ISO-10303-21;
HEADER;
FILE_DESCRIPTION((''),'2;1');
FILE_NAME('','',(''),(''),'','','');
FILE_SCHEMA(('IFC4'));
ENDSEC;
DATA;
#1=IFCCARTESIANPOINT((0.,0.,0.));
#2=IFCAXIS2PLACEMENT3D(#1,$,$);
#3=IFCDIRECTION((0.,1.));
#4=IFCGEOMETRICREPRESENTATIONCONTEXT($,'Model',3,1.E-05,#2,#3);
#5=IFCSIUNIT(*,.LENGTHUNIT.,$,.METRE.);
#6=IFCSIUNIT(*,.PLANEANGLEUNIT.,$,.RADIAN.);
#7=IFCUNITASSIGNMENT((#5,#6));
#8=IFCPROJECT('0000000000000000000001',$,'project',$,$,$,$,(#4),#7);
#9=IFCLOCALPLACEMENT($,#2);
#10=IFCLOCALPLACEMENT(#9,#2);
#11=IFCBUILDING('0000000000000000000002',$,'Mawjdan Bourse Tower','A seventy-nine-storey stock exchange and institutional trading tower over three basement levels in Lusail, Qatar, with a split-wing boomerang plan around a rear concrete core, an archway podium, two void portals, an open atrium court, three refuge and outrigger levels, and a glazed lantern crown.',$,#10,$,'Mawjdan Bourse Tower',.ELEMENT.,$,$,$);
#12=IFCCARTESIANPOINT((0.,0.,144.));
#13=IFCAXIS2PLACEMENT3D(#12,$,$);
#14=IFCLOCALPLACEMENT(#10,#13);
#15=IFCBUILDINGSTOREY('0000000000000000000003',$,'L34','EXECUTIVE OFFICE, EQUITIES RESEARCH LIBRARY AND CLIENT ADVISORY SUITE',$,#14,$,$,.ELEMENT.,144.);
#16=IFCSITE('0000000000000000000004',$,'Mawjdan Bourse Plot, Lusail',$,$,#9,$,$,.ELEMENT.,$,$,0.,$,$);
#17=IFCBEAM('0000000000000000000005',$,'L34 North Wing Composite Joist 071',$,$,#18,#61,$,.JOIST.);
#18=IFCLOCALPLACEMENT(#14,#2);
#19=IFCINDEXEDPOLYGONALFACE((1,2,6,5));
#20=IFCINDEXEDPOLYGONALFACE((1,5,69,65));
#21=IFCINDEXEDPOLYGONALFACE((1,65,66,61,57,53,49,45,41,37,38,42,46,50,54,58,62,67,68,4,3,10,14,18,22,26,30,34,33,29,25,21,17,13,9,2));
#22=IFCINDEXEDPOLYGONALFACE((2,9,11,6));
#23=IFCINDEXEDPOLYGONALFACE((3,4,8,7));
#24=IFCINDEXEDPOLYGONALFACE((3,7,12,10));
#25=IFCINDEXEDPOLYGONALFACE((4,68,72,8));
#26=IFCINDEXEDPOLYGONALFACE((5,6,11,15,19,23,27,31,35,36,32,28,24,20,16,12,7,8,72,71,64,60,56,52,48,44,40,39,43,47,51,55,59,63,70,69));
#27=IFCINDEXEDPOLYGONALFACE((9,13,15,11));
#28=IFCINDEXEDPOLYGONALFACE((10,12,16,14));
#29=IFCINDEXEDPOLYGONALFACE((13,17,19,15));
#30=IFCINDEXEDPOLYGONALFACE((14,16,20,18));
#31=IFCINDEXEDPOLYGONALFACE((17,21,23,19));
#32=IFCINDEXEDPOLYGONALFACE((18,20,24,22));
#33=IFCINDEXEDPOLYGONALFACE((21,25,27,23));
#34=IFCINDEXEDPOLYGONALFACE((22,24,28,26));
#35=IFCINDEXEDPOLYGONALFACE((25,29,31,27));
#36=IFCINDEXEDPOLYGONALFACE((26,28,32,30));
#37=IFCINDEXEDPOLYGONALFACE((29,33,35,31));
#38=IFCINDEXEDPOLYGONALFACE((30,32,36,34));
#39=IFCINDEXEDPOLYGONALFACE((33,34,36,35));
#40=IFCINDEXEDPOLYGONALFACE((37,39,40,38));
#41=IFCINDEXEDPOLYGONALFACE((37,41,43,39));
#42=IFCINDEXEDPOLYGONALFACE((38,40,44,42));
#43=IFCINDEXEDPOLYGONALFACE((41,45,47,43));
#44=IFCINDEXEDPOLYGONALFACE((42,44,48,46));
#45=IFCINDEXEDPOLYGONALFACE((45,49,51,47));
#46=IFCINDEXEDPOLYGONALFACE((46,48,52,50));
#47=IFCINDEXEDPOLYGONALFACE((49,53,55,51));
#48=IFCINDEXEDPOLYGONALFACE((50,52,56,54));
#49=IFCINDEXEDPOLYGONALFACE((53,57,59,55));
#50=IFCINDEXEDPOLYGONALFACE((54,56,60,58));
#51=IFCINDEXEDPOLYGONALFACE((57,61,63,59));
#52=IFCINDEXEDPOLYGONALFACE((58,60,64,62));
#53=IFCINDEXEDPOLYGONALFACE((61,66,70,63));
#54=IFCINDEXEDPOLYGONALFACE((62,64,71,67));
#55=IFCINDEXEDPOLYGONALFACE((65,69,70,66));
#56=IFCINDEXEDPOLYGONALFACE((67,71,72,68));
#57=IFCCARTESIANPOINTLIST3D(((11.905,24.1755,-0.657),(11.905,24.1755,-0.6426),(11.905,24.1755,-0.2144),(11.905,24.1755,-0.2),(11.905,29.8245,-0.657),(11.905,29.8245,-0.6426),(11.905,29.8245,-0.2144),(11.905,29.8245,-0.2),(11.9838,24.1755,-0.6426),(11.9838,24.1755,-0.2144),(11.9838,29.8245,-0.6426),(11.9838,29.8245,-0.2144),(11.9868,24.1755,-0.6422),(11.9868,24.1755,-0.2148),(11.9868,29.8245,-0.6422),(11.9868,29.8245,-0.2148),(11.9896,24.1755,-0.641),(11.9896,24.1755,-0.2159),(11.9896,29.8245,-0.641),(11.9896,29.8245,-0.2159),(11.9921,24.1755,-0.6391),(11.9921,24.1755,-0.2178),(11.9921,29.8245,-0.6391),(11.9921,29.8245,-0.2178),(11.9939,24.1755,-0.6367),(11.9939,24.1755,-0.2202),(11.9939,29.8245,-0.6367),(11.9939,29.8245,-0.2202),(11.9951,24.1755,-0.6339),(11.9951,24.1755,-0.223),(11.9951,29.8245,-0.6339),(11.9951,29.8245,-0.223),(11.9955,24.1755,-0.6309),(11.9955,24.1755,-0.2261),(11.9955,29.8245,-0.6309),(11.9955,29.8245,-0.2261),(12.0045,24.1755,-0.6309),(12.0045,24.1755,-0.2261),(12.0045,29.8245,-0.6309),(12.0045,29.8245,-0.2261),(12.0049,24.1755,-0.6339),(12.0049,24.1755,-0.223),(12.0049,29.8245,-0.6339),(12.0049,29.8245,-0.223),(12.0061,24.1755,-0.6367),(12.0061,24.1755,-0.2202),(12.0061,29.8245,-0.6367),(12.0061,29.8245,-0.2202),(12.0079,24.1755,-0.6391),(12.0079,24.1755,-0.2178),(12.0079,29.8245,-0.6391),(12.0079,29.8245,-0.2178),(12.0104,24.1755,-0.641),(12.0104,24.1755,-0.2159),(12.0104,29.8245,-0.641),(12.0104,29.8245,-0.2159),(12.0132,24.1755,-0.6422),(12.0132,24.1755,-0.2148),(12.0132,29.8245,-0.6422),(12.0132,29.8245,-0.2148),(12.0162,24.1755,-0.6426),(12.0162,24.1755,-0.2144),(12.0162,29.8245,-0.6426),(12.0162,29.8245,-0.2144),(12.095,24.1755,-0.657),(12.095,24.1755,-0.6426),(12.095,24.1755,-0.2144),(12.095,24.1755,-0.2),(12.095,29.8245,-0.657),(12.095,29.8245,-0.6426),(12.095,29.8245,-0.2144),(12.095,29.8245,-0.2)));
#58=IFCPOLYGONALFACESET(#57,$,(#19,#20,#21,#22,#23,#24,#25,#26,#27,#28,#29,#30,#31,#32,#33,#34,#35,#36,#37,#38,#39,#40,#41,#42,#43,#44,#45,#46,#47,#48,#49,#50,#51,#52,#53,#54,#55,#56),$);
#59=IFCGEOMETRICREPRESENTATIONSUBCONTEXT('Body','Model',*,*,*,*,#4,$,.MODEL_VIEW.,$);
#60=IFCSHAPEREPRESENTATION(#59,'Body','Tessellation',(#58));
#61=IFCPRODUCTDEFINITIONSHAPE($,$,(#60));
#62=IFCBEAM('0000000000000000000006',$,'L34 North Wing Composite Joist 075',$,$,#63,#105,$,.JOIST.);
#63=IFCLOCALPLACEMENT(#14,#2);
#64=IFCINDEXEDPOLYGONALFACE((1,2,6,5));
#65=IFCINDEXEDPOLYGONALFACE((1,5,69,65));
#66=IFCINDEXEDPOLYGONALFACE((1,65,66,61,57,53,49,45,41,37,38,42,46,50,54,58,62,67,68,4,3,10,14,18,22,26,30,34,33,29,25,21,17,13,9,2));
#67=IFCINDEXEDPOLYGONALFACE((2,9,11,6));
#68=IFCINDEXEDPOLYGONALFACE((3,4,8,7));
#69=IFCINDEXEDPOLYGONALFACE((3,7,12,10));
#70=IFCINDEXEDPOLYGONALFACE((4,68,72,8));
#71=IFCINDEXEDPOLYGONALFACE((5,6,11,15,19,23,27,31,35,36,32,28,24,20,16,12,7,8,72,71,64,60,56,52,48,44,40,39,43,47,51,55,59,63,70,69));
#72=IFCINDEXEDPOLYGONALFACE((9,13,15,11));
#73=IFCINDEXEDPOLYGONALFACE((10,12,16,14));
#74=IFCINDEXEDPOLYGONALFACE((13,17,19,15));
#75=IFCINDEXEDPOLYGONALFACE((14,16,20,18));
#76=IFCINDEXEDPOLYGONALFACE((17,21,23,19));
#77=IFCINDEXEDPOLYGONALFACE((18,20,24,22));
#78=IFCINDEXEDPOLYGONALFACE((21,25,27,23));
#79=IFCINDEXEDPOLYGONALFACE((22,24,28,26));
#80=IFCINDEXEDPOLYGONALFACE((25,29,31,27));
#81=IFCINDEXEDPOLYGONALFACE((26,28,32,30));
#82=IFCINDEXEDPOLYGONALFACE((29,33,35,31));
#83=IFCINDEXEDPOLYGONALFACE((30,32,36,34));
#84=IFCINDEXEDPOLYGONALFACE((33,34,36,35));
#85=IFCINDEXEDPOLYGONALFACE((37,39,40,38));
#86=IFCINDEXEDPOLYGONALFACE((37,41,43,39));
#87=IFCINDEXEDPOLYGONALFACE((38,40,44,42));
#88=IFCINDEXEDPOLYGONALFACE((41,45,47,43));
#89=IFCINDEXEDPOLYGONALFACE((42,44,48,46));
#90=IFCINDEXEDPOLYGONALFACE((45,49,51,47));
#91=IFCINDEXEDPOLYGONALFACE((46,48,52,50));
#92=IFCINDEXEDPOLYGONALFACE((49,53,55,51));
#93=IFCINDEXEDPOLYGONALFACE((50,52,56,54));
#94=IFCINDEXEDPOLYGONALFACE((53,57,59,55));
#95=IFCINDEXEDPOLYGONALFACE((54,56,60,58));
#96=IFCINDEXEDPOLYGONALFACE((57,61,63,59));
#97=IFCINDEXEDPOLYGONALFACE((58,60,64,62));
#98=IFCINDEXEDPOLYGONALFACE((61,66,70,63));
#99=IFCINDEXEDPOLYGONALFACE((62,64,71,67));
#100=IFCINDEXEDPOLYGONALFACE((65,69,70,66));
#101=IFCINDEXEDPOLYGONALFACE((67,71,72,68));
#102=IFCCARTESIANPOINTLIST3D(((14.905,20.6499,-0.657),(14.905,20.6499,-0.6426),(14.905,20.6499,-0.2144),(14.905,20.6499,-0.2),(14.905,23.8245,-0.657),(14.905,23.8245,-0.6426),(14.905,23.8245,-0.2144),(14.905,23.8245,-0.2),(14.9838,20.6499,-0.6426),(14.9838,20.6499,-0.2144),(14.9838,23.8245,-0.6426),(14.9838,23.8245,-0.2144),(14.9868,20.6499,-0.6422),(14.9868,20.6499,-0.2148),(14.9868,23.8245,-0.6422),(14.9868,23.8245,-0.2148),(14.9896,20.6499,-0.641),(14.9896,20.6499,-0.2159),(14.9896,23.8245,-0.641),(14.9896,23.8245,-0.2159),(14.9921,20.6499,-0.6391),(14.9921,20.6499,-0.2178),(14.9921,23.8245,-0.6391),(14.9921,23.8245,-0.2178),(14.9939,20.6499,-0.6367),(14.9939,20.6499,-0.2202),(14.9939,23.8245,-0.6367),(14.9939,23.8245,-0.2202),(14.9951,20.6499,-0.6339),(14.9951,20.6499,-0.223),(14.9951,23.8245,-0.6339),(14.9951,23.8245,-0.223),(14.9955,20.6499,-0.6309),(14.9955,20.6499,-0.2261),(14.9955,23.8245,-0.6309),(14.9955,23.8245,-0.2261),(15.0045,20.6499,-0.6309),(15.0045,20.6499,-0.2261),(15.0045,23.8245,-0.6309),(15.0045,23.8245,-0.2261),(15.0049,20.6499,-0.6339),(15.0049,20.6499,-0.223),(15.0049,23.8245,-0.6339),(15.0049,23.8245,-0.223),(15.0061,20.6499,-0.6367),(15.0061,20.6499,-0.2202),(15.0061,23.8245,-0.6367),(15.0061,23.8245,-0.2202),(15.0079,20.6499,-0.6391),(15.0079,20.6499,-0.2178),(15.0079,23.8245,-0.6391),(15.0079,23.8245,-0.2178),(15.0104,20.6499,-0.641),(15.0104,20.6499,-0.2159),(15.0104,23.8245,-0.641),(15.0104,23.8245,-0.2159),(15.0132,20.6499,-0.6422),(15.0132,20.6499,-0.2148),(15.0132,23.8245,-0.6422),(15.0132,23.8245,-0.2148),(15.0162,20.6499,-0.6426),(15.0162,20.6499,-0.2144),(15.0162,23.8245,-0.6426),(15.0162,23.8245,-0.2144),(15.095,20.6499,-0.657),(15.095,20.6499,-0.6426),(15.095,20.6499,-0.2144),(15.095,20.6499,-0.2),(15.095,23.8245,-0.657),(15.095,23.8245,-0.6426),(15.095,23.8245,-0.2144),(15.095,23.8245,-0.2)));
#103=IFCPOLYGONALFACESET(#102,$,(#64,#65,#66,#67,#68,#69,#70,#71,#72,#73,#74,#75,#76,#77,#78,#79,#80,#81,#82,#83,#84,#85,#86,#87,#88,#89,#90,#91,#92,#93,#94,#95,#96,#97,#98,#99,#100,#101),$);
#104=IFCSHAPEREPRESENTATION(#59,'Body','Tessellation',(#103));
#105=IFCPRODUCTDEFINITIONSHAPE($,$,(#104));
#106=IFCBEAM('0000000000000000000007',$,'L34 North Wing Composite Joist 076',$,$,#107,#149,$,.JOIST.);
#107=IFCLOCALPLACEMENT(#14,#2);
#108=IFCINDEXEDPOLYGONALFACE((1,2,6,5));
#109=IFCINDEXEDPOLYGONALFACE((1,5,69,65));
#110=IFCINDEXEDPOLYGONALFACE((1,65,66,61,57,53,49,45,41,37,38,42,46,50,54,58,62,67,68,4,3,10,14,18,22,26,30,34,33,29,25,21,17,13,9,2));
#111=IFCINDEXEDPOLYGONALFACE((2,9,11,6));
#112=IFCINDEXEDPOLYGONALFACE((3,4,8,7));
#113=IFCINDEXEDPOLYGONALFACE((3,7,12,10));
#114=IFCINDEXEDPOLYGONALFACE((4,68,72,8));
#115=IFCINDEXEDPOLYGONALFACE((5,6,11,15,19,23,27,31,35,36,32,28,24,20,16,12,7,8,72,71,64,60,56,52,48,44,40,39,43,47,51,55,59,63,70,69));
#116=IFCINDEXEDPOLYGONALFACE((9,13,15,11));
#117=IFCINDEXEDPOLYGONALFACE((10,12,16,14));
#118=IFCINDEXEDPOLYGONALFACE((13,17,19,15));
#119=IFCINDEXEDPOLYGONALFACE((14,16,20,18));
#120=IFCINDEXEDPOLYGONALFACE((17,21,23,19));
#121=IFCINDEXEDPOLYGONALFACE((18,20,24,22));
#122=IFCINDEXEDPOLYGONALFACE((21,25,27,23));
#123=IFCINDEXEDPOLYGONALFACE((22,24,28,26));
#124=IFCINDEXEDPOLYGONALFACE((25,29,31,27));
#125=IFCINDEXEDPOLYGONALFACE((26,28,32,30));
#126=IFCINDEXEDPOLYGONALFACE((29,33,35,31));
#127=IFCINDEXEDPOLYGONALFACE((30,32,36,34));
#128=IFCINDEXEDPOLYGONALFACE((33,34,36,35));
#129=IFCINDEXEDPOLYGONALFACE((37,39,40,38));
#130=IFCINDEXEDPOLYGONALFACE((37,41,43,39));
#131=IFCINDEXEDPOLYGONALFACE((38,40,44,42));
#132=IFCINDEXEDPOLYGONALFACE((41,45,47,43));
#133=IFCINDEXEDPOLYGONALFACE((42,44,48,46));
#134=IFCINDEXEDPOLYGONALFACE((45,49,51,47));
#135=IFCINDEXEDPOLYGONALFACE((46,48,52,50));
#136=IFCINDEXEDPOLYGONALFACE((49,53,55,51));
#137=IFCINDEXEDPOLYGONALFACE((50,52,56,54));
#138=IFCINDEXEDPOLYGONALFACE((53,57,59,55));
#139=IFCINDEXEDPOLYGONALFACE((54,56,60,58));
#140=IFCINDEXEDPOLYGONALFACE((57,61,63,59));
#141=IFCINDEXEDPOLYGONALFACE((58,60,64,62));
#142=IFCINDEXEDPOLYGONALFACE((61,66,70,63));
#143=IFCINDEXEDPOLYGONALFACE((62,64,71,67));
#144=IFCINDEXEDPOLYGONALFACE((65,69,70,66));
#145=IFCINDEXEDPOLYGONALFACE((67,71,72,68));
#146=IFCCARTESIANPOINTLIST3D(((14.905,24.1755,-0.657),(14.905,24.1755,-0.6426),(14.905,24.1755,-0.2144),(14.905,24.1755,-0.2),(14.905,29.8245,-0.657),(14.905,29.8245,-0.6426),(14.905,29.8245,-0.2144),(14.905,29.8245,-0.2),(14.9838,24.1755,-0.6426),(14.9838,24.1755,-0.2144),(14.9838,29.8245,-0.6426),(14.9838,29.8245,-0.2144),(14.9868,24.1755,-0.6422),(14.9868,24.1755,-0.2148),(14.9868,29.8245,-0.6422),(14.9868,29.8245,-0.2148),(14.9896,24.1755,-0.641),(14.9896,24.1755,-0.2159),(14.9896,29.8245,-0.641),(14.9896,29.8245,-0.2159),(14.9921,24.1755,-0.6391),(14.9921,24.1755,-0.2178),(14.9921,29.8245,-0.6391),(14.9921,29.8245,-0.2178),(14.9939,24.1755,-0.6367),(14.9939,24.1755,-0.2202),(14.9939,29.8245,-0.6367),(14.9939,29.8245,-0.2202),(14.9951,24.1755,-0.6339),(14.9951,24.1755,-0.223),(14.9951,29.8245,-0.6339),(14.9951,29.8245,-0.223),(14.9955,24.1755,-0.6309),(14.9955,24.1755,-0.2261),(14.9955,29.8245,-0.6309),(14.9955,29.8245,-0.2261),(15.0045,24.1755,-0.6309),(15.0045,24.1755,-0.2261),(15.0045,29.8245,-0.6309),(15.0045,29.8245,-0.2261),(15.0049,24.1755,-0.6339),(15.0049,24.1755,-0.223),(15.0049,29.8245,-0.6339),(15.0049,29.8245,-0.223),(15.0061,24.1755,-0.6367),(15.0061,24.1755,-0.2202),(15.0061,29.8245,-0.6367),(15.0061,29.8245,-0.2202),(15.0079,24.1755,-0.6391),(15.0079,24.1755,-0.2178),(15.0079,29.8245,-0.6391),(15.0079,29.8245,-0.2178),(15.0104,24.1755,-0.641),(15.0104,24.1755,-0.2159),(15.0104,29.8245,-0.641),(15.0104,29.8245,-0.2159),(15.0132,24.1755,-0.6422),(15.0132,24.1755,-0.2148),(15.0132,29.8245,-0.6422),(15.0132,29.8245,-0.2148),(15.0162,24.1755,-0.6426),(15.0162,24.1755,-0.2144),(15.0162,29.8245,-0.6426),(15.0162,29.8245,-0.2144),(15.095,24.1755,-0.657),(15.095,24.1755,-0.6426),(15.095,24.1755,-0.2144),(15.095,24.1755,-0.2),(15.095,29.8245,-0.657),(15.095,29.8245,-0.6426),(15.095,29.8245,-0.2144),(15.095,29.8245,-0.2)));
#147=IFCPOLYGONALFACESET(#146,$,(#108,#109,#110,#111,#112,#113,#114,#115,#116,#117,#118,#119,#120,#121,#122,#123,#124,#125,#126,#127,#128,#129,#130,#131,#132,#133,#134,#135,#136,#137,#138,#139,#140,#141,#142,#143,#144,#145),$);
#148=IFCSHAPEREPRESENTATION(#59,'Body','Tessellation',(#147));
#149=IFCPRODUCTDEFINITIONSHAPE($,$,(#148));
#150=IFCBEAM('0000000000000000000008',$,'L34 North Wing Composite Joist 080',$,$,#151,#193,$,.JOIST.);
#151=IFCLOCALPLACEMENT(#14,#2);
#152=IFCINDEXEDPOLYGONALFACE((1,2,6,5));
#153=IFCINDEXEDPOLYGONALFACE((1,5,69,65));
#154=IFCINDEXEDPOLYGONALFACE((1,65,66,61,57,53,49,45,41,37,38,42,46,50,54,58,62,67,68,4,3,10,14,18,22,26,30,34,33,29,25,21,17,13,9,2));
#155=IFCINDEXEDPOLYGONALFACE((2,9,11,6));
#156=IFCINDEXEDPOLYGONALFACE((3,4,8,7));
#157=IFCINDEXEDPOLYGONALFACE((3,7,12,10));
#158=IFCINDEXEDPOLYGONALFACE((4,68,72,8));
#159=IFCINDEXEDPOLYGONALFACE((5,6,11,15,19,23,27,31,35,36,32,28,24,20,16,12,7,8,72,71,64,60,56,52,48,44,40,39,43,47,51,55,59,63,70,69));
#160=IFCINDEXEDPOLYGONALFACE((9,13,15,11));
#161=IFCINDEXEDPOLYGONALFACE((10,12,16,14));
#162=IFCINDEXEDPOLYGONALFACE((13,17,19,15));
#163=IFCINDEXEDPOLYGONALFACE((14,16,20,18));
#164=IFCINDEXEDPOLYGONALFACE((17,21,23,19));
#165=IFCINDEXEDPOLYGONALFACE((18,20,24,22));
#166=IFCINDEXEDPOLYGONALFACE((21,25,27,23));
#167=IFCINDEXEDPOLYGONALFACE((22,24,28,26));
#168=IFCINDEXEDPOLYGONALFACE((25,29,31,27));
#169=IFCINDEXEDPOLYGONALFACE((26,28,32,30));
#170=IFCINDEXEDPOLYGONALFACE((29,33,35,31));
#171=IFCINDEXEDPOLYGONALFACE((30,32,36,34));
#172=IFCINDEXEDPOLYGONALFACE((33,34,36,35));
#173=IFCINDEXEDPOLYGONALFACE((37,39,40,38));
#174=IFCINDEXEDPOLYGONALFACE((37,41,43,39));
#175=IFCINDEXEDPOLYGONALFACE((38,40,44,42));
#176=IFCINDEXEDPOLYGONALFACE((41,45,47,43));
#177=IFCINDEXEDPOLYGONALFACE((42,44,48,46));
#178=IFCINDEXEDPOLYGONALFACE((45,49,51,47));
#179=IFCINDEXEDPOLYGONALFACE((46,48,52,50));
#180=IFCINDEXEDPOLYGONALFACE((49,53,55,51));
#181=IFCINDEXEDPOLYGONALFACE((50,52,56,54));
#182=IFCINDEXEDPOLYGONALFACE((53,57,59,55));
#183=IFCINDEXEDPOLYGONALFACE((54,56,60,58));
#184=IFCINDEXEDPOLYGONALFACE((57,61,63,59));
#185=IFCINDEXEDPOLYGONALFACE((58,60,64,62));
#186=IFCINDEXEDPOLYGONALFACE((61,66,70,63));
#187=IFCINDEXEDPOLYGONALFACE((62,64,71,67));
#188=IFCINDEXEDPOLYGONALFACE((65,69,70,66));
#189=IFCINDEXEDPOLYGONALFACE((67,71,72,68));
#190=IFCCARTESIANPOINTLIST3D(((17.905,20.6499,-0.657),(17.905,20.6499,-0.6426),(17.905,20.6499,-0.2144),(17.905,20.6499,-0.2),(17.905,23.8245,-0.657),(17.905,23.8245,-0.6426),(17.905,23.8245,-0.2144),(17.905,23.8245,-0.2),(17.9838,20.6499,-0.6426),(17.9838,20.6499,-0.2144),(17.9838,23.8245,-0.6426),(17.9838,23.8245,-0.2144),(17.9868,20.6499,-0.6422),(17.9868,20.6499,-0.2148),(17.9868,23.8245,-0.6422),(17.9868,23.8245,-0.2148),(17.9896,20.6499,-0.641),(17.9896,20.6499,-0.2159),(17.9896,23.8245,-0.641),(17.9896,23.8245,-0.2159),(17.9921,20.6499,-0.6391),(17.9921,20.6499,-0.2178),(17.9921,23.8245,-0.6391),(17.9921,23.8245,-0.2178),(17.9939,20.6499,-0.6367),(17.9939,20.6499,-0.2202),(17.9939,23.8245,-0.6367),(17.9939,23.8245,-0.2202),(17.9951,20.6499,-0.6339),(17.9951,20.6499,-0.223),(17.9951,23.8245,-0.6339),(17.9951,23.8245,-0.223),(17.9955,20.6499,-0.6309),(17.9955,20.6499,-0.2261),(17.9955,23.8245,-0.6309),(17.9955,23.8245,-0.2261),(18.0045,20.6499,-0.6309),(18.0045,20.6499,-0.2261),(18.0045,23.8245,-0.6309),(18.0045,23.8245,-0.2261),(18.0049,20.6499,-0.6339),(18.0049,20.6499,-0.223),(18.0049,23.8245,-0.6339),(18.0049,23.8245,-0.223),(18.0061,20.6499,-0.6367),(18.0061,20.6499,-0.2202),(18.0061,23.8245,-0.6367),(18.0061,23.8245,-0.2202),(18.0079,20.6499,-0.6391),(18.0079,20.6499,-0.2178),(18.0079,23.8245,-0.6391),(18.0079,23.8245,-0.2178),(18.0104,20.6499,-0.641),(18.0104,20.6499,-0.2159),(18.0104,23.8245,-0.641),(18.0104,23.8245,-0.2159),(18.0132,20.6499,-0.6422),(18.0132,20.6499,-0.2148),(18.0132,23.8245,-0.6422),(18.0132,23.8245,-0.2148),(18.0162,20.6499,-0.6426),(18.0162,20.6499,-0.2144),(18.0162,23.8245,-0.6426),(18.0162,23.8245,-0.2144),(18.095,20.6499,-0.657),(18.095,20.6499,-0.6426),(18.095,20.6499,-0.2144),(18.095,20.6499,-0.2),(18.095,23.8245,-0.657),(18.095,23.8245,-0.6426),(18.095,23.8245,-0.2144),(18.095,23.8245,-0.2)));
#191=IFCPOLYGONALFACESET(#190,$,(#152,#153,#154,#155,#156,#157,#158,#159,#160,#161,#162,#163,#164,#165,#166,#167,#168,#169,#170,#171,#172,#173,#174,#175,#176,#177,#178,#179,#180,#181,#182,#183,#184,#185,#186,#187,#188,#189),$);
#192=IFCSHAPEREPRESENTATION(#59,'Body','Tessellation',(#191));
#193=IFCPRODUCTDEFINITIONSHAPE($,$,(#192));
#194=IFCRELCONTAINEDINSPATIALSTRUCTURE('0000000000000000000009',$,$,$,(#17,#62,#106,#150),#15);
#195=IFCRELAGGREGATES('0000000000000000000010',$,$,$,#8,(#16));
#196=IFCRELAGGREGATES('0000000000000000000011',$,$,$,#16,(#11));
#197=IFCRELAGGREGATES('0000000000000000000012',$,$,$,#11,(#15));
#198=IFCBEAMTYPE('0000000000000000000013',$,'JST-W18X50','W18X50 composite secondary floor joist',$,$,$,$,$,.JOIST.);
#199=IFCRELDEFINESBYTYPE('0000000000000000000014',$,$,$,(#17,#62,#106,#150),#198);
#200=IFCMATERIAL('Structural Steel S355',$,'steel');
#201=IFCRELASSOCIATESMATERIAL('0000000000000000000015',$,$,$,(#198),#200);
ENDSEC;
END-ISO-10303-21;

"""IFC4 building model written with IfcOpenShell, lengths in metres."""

from ifc_helpers import new_model, si_unit, direction, frame, origin, origin_2d, place, context, subcontext, project, spatial, i_section, extrude, material, material_profile, profile_set, type_object, element, save


model = new_model("IFC4")

# Units and contexts
model_context = context("Model", 3, precision=1e-05, world=origin(), true_north=direction((0.0, 1.0)))
body_context = subcontext(model_context, "Body", "Model", "MODEL_VIEW")
ifc_project = project(units=[si_unit("LENGTHUNIT", "METRE"), si_unit("PLANEANGLEUNIT", "RADIAN")], contexts=[model_context])

# Site, building, storey
site_placement = place(None, origin())
site = spatial("IfcSite", under=ifc_project, at=site_placement, Name="Mawjdan Bourse Plot, Lusail", CompositionType="ELEMENT", RefElevation=0.0)
building_placement = place(site_placement, origin())
building = spatial("IfcBuilding", under=site, at=building_placement, Name="Mawjdan Bourse Tower", Description="A seventy-nine-storey stock exchange and institutional trading tower over three basement levels in Lusail, Qatar, with a split-wing boomerang plan around a rear concrete core, an archway podium, two void portals, an open atrium court, three refuge and outrigger levels, and a glazed lantern crown.", LongName="Mawjdan Bourse Tower", CompositionType="ELEMENT")
storey_placement = place(building_placement, frame((0.0, 0.0, 144.0)))
storey = spatial("IfcBuildingStorey", under=building, at=storey_placement, Name="L34", Description="EXECUTIVE OFFICE, EQUITIES RESEARCH LIBRARY AND CLIENT ADVISORY SUITE", CompositionType="ELEMENT", Elevation=144.0)

# Beams
ifc_material_1 = material(Name="Structural Steel S355", Category="steel")
ifc_material_profile_1 = material_profile(ifc_material_1, i_section(OverallWidth=0.1899, OverallDepth=0.457, WebThickness=0.009, FlangeThickness=0.0144, FilletRadius=0.0117, at=origin_2d()), Name="W18X50")
ifc_profile_set_1 = profile_set([ifc_material_profile_1], Name="Structural Steel S355")
beam_type_1 = type_object("IfcBeamType", Name="JST-W18X50", Description="W18X50 composite secondary floor joist", PredefinedType="JOIST", material=ifc_profile_set_1)
beam_1_placement = place(storey_placement, frame((12.0, 24.1755, -0.4285), z_axis=(0.0, 1.0, 0.0), x_axis=(-1.0, 0.0, 0.0)))
element("IfcBeam", 1, at=beam_1_placement, inside=storey, type_object=beam_type_1, Name="L34 North Wing Composite Joist 071", PredefinedType="JOIST", context=body_context, shape_type="SweptSolid", body=[
    extrude(i_section(OverallWidth=0.1899, OverallDepth=0.457, WebThickness=0.009, FlangeThickness=0.0144, FilletRadius=0.0117, at=origin_2d()), origin(), (0.0, 0.0, 1.0), 5.6489),
])
beam_2_placement = place(storey_placement, frame((15.0, 20.6499, -0.4285), z_axis=(0.0, 1.0, 0.0), x_axis=(-1.0, 0.0, 0.0)))
element("IfcBeam", 2, at=beam_2_placement, inside=storey, type_object=beam_type_1, Name="L34 North Wing Composite Joist 075", PredefinedType="JOIST", context=body_context, shape_type="SweptSolid", body=[
    extrude(i_section(OverallWidth=0.1899, OverallDepth=0.457, WebThickness=0.009, FlangeThickness=0.0144, FilletRadius=0.0117, at=origin_2d()), origin(), (0.0, 0.0, 1.0), 3.1746),
])
beam_3_placement = place(storey_placement, frame((15.0, 24.1755, -0.4285), z_axis=(0.0, 1.0, 0.0), x_axis=(-1.0, 0.0, 0.0)))
element("IfcBeam", 3, at=beam_3_placement, inside=storey, type_object=beam_type_1, Name="L34 North Wing Composite Joist 076", PredefinedType="JOIST", context=body_context, shape_type="SweptSolid", body=[
    extrude(i_section(OverallWidth=0.1899, OverallDepth=0.457, WebThickness=0.009, FlangeThickness=0.0144, FilletRadius=0.0117, at=origin_2d()), origin(), (0.0, 0.0, 1.0), 5.6489),
])
beam_4_placement = place(storey_placement, frame((18.0, 20.6499, -0.4285), z_axis=(0.0, 1.0, 0.0), x_axis=(-1.0, 0.0, 0.0)))
element("IfcBeam", 4, at=beam_4_placement, inside=storey, type_object=beam_type_1, Name="L34 North Wing Composite Joist 080", PredefinedType="JOIST", context=body_context, shape_type="SweptSolid", body=[
    extrude(i_section(OverallWidth=0.1899, OverallDepth=0.457, WebThickness=0.009, FlangeThickness=0.0144, FilletRadius=0.0117, at=origin_2d()), origin(), (0.0, 0.0, 1.0), 3.1746),
])

save(model, "model.ifc")
